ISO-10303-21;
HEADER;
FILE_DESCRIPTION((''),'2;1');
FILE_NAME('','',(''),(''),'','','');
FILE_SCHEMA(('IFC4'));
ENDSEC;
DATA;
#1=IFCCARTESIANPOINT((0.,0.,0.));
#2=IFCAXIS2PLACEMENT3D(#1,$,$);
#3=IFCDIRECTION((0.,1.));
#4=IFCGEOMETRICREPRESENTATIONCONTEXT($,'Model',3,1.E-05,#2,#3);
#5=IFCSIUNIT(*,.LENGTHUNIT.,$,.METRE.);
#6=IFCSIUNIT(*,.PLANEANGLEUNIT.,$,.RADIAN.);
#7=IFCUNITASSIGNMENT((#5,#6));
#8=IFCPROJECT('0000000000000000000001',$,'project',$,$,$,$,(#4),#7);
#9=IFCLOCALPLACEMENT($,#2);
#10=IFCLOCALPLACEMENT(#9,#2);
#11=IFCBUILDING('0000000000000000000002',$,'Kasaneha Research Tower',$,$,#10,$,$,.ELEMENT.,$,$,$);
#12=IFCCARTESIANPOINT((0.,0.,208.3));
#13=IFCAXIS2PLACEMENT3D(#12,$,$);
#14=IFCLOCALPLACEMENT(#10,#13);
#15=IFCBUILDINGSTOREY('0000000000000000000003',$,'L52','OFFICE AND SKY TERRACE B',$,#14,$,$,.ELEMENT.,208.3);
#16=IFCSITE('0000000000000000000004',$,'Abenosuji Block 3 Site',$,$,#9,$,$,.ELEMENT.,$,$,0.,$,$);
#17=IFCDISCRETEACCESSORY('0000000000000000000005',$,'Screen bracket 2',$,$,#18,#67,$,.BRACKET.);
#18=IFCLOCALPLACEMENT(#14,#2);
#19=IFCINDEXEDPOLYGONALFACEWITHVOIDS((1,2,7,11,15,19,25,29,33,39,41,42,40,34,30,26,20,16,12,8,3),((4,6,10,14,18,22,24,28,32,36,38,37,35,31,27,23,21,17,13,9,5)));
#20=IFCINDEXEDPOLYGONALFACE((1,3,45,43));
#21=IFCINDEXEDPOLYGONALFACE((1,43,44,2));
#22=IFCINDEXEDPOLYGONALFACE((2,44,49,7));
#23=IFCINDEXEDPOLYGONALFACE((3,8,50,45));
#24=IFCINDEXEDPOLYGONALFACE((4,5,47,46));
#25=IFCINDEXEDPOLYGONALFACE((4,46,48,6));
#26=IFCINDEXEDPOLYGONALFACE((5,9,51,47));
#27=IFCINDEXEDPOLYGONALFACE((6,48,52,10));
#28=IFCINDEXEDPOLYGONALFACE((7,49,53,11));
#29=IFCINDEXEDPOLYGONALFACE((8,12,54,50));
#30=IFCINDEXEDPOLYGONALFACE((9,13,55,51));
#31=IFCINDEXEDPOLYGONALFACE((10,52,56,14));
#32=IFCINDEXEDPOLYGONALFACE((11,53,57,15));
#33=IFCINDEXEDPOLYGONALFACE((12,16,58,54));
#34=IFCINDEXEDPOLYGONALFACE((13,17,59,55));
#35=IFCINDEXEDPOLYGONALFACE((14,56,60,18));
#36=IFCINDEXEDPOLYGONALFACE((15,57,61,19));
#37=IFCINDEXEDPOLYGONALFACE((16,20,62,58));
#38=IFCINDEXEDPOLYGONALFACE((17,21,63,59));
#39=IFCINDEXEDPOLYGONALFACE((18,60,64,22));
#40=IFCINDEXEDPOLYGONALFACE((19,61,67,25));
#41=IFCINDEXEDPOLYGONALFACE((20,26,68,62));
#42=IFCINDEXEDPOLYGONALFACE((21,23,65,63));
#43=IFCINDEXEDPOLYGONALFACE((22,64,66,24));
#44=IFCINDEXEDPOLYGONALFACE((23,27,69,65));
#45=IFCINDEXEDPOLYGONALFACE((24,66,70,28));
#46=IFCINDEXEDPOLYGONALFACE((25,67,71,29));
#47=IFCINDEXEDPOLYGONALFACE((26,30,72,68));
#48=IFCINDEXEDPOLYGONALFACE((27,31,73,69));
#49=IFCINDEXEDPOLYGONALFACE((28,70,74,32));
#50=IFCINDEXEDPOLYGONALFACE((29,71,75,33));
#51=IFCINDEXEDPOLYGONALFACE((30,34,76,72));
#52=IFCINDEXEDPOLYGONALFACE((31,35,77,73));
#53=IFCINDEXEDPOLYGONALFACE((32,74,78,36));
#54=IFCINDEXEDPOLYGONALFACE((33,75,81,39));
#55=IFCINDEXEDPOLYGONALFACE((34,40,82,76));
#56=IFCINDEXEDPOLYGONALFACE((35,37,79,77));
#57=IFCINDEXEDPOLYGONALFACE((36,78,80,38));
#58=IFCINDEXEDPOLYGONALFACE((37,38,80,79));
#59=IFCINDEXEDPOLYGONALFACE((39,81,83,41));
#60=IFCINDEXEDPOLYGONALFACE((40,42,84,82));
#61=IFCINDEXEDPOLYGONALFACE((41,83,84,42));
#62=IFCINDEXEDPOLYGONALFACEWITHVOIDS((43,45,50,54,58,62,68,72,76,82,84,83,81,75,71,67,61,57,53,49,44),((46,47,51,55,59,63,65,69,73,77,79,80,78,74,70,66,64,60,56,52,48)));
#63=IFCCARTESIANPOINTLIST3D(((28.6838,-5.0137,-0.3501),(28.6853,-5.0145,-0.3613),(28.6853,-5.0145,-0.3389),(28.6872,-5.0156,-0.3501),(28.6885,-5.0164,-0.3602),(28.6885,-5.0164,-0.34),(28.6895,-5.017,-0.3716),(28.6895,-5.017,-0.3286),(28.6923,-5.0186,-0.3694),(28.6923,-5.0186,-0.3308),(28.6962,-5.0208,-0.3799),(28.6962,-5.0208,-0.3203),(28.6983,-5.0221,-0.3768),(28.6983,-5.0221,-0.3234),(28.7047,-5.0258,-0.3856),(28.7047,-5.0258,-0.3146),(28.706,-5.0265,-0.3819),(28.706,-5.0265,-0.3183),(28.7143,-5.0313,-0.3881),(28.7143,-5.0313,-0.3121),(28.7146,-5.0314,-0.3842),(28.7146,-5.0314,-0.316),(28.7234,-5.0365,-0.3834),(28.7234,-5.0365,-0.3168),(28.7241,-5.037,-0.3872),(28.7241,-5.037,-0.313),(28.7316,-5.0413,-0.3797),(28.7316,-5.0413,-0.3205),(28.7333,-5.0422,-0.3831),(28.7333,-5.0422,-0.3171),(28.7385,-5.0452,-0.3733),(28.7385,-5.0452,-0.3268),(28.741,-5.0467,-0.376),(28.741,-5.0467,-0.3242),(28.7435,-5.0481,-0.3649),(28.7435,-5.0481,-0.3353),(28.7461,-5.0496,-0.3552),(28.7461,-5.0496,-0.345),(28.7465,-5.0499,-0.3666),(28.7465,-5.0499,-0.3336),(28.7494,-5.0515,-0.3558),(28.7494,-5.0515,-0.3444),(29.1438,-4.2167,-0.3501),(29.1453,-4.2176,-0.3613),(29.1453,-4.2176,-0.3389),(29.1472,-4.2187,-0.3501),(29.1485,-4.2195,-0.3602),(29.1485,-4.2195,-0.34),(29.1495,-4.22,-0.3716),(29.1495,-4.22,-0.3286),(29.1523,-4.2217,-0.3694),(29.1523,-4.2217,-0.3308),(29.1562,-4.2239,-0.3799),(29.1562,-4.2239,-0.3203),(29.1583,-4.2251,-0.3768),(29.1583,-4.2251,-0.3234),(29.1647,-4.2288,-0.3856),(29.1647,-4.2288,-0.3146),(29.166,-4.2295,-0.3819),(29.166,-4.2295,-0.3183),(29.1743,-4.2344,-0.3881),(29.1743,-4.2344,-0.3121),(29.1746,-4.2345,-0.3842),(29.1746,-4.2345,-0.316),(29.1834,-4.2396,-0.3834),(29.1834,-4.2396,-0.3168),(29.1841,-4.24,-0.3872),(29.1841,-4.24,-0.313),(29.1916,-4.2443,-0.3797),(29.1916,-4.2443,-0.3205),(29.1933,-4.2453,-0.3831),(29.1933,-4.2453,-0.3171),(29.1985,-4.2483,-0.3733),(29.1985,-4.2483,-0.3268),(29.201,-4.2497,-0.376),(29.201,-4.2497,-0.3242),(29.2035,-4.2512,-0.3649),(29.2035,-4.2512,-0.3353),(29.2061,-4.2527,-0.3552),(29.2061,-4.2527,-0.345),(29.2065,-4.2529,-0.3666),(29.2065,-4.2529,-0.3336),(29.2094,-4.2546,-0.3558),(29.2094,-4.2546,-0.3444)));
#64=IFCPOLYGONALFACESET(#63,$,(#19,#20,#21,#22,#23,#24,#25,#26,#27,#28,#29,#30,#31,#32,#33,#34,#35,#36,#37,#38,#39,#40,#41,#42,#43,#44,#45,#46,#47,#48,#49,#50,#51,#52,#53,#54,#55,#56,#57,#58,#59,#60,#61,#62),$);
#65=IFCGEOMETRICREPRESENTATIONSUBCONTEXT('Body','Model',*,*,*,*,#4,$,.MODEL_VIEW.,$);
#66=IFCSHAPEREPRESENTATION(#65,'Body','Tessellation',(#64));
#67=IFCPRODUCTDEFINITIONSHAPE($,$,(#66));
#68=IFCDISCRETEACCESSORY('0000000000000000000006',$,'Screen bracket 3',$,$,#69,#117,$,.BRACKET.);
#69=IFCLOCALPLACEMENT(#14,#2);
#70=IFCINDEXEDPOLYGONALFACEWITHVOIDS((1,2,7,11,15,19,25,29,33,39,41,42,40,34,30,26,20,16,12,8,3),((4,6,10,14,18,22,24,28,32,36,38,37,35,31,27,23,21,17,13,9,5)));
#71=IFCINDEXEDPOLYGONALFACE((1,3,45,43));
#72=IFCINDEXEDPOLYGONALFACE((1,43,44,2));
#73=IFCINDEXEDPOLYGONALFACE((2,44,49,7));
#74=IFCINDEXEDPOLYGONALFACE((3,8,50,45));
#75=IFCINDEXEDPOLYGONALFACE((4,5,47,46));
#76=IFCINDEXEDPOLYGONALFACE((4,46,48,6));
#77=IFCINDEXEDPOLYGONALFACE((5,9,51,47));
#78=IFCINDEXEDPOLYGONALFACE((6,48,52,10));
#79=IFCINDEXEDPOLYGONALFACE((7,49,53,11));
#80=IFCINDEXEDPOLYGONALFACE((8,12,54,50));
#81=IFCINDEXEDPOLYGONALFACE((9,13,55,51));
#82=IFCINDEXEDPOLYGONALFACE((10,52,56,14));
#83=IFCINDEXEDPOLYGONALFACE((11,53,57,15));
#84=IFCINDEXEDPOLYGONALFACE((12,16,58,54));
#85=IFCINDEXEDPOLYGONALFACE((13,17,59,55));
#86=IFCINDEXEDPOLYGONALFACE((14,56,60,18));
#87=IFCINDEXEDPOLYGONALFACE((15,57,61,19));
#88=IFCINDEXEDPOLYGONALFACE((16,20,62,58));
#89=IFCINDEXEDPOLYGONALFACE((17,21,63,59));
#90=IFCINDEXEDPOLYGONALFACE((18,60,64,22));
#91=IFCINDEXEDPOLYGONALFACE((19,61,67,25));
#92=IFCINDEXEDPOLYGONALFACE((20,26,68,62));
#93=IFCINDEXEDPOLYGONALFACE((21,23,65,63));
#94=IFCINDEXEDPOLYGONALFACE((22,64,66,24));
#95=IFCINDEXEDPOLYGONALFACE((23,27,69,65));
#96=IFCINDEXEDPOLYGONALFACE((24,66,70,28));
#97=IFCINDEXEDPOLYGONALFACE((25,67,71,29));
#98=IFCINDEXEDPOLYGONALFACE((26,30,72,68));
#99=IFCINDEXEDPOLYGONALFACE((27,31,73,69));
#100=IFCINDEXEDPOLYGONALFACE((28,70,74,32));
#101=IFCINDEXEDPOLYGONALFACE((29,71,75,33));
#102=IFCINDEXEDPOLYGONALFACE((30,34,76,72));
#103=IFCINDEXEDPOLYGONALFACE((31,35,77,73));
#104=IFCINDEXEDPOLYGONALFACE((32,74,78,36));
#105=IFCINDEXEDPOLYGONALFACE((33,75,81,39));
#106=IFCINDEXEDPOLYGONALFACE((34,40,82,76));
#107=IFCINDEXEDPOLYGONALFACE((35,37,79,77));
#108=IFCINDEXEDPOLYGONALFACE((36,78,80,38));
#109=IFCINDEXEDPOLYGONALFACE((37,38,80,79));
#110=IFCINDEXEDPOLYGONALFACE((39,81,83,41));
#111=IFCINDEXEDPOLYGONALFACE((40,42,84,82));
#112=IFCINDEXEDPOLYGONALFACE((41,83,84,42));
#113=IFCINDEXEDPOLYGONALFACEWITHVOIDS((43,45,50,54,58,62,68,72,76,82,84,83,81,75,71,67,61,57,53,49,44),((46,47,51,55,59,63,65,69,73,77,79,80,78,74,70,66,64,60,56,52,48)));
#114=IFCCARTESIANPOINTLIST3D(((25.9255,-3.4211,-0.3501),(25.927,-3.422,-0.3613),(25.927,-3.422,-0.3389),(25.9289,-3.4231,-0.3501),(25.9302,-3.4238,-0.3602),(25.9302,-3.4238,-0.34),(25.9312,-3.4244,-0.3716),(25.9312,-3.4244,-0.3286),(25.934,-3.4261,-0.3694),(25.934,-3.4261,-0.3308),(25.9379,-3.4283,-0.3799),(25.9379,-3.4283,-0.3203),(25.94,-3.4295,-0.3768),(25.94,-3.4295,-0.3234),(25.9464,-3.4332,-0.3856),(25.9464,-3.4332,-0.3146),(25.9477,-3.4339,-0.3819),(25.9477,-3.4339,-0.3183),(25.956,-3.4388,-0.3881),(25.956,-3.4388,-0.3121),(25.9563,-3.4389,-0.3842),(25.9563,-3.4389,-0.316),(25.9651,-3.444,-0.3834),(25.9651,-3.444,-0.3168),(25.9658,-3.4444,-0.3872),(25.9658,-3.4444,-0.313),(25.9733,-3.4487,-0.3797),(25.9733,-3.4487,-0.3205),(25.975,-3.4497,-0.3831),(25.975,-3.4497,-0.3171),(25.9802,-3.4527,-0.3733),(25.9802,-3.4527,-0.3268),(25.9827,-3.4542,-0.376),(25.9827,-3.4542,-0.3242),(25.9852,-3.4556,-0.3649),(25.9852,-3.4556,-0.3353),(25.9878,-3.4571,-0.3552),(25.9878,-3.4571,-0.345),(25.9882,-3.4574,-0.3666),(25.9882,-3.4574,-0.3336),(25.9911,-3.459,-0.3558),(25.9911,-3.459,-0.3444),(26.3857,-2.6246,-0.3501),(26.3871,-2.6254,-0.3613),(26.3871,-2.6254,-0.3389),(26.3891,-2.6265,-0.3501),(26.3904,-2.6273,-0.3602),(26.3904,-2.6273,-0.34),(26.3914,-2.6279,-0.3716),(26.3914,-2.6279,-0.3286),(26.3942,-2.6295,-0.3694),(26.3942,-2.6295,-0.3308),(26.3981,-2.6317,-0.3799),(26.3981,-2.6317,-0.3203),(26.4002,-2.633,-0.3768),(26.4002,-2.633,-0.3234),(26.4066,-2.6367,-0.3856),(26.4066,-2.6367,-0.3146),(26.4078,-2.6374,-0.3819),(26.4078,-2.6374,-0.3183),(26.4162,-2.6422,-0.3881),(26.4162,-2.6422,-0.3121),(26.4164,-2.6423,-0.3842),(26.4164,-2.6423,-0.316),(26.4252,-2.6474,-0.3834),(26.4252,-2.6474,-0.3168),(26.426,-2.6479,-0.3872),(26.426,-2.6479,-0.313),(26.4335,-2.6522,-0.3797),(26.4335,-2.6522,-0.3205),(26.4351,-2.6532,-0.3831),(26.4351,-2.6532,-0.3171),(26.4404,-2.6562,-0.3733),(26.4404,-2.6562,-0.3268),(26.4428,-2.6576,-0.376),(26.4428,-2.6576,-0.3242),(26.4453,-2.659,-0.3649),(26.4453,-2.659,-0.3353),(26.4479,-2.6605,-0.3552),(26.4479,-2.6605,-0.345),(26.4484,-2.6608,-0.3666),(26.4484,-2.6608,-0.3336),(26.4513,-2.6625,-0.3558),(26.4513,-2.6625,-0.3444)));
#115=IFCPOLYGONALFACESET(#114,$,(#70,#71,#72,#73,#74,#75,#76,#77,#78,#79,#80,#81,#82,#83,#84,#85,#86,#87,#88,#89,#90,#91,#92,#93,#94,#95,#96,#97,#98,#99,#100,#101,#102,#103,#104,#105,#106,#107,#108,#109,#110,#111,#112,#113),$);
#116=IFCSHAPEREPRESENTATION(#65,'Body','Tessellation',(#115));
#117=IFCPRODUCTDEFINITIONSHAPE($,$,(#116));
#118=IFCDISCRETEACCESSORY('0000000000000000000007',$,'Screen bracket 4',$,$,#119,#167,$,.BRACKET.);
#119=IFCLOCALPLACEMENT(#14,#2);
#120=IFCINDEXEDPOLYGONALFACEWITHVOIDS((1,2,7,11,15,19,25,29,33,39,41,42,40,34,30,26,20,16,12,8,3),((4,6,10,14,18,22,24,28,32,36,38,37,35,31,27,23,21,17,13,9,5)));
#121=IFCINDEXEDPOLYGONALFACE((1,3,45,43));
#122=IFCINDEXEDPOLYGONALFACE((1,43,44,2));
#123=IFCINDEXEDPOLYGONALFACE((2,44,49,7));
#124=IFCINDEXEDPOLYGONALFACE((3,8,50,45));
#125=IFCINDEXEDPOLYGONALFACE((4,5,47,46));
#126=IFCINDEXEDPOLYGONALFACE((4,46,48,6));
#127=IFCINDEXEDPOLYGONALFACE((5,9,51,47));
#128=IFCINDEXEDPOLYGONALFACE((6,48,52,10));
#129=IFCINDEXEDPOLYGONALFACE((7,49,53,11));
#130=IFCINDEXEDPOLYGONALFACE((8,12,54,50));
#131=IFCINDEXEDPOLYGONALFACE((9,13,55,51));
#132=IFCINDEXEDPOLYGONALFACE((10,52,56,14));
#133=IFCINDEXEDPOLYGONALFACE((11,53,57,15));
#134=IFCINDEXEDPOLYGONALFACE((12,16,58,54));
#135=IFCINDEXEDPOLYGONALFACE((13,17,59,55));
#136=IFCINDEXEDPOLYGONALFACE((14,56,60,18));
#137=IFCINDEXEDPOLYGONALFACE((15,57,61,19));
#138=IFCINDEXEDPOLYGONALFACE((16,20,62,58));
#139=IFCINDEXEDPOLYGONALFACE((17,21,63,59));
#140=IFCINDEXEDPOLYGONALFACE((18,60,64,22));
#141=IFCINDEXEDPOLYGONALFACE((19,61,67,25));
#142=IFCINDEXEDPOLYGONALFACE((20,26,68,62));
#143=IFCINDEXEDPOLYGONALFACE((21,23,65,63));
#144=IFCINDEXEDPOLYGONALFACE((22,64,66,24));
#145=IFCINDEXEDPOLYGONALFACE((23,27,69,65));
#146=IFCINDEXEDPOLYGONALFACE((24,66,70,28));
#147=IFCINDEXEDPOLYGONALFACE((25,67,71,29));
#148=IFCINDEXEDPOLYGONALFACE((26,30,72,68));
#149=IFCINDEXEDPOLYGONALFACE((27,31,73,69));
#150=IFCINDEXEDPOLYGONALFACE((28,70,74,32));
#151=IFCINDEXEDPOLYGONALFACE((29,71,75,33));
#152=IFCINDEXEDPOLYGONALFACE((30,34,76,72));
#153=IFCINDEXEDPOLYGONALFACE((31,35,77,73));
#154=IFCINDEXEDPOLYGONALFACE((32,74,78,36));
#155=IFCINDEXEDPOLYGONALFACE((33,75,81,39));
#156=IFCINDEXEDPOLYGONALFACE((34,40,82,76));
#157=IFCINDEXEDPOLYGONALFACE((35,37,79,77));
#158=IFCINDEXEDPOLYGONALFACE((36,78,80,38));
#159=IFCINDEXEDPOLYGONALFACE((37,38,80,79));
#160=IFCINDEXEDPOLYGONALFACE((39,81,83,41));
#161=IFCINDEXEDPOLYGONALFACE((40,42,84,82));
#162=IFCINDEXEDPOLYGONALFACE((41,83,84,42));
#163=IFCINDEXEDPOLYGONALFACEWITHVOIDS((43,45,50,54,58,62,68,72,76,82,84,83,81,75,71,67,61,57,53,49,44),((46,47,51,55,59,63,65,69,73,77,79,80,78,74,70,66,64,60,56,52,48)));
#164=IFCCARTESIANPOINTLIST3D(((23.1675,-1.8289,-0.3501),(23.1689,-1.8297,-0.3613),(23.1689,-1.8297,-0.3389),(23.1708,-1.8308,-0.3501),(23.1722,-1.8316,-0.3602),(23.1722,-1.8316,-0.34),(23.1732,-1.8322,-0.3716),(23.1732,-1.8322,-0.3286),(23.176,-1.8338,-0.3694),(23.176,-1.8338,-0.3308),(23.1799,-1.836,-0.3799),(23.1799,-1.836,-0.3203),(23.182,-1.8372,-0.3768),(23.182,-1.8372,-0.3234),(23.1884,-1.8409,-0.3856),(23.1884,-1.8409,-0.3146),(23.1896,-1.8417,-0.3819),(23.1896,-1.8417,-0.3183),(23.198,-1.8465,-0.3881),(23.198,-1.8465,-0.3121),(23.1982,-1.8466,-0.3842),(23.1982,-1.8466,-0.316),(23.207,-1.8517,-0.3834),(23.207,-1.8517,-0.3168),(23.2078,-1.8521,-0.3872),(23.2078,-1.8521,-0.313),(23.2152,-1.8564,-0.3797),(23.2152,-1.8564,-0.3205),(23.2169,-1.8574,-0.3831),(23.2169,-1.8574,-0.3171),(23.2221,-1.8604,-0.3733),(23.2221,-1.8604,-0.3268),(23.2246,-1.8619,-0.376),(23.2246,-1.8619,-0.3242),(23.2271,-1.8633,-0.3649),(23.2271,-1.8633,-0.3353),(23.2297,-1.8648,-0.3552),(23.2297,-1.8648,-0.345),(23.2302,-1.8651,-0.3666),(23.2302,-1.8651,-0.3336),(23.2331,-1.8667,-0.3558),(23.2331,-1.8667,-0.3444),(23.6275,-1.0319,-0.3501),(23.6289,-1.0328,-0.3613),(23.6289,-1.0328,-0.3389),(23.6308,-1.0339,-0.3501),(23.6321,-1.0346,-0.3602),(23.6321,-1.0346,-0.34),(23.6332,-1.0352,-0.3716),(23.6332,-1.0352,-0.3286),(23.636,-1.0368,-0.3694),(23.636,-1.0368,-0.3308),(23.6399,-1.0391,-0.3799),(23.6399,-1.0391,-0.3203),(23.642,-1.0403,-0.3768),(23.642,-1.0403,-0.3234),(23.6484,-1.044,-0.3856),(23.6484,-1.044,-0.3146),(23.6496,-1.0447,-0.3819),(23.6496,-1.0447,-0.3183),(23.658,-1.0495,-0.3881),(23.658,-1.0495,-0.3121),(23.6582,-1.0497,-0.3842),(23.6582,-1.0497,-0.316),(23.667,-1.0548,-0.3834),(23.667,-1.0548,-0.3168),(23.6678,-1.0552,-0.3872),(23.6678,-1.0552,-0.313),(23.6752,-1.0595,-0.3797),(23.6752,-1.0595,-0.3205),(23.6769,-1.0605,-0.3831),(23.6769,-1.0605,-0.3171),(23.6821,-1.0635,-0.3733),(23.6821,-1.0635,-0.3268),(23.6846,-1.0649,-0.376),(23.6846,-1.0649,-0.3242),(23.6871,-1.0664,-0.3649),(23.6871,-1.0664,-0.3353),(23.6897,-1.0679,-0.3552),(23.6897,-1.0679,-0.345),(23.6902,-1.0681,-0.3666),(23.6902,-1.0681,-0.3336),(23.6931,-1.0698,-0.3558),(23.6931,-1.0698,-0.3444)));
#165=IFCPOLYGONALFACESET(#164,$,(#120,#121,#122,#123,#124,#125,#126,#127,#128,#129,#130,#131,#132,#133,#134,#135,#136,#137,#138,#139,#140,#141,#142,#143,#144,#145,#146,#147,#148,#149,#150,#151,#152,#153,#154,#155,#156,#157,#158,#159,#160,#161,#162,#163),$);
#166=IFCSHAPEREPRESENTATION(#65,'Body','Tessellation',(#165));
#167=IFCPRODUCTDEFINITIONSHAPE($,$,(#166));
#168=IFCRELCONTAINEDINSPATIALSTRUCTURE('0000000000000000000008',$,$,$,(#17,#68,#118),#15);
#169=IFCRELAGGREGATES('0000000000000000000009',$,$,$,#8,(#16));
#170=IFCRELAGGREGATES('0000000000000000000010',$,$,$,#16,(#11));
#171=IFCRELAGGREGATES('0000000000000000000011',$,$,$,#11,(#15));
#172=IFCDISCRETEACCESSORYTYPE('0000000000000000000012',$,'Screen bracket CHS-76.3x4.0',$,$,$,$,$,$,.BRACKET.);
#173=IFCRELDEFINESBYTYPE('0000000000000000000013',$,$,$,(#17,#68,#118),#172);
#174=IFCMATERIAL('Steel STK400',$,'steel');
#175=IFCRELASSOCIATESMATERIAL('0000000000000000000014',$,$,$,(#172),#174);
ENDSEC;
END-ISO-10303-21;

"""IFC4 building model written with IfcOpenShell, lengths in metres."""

from ifc_helpers import new_model, si_unit, direction, frame, origin, origin_2d, place, context, subcontext, project, spatial, hollow_circle, extrude, material, material_profile, profile_set, type_object, element, save


model = new_model("IFC4")

# Units and contexts
model_context = context("Model", 3, precision=1e-05, world=origin(), true_north=direction((0.0, 1.0)))
body_context = subcontext(model_context, "Body", "Model", "MODEL_VIEW")
ifc_project = project(units=[si_unit("LENGTHUNIT", "METRE"), si_unit("PLANEANGLEUNIT", "RADIAN")], contexts=[model_context])

# Site, building, storey
site_placement = place(None, origin())
site = spatial("IfcSite", under=ifc_project, at=site_placement, Name="Abenosuji Block 3 Site", CompositionType="ELEMENT", RefElevation=0.0)
building_placement = place(site_placement, origin())
building = spatial("IfcBuilding", under=site, at=building_placement, Name="Kasaneha Research Tower", CompositionType="ELEMENT")
storey_placement = place(building_placement, frame((0.0, 0.0, 208.3)))
storey = spatial("IfcBuildingStorey", under=building, at=storey_placement, Name="L52", Description="OFFICE AND SKY TERRACE B", CompositionType="ELEMENT", Elevation=208.3)

# Discrete accessories
ifc_material_1 = material(Name="Steel STK400", Category="steel")
ifc_material_profile_1 = material_profile(ifc_material_1, hollow_circle(Radius=0.0381, WallThickness=0.0039, at=origin_2d()), Name="CHS-76.3x4.0")
ifc_profile_set_1 = profile_set([ifc_material_profile_1], Name="Steel STK400")
discrete_accessory_type = type_object("IfcDiscreteAccessoryType", Name="Screen bracket CHS-76.3x4.0", PredefinedType="BRACKET", material=ifc_profile_set_1)
discrete_accessory_1_placement = place(storey_placement, frame((28.7168, -5.0327, -0.3501), z_axis=(0.499906, 0.86608, 0.0), x_axis=(-0.86608, 0.499906, 0.0)))
element("IfcDiscreteAccessory", 1, at=discrete_accessory_1_placement, inside=storey, type_object=discrete_accessory_type, Name="Screen bracket 2", PredefinedType="BRACKET", context=body_context, shape_type="SweptSolid", body=[
    extrude(hollow_circle(Radius=0.0381, WallThickness=0.0039, at=origin_2d()), origin(), (0.0, 0.0, 1.0), 0.9202),
])
discrete_accessory_2_placement = place(storey_placement, frame((25.9585, -3.4402, -0.3501), z_axis=(0.50022, 0.865898, 0.0), x_axis=(-0.865898, 0.50022, 0.0)))
element("IfcDiscreteAccessory", 2, at=discrete_accessory_2_placement, inside=storey, type_object=discrete_accessory_type, Name="Screen bracket 3", PredefinedType="BRACKET", context=body_context, shape_type="SweptSolid", body=[
    extrude(hollow_circle(Radius=0.0381, WallThickness=0.0039, at=origin_2d()), origin(), (0.0, 0.0, 1.0), 0.9199),
])
discrete_accessory_3_placement = place(storey_placement, frame((23.2004, -1.8479, -0.3501), z_axis=(0.499906, 0.86608, 0.0), x_axis=(-0.86608, 0.499906, 0.0)))
element("IfcDiscreteAccessory", 3, at=discrete_accessory_3_placement, inside=storey, type_object=discrete_accessory_type, Name="Screen bracket 4", PredefinedType="BRACKET", context=body_context, shape_type="SweptSolid", body=[
    extrude(hollow_circle(Radius=0.0381, WallThickness=0.0039, at=origin_2d()), origin(), (0.0, 0.0, 1.0), 0.9202),
])

save(model, "model.ifc")
